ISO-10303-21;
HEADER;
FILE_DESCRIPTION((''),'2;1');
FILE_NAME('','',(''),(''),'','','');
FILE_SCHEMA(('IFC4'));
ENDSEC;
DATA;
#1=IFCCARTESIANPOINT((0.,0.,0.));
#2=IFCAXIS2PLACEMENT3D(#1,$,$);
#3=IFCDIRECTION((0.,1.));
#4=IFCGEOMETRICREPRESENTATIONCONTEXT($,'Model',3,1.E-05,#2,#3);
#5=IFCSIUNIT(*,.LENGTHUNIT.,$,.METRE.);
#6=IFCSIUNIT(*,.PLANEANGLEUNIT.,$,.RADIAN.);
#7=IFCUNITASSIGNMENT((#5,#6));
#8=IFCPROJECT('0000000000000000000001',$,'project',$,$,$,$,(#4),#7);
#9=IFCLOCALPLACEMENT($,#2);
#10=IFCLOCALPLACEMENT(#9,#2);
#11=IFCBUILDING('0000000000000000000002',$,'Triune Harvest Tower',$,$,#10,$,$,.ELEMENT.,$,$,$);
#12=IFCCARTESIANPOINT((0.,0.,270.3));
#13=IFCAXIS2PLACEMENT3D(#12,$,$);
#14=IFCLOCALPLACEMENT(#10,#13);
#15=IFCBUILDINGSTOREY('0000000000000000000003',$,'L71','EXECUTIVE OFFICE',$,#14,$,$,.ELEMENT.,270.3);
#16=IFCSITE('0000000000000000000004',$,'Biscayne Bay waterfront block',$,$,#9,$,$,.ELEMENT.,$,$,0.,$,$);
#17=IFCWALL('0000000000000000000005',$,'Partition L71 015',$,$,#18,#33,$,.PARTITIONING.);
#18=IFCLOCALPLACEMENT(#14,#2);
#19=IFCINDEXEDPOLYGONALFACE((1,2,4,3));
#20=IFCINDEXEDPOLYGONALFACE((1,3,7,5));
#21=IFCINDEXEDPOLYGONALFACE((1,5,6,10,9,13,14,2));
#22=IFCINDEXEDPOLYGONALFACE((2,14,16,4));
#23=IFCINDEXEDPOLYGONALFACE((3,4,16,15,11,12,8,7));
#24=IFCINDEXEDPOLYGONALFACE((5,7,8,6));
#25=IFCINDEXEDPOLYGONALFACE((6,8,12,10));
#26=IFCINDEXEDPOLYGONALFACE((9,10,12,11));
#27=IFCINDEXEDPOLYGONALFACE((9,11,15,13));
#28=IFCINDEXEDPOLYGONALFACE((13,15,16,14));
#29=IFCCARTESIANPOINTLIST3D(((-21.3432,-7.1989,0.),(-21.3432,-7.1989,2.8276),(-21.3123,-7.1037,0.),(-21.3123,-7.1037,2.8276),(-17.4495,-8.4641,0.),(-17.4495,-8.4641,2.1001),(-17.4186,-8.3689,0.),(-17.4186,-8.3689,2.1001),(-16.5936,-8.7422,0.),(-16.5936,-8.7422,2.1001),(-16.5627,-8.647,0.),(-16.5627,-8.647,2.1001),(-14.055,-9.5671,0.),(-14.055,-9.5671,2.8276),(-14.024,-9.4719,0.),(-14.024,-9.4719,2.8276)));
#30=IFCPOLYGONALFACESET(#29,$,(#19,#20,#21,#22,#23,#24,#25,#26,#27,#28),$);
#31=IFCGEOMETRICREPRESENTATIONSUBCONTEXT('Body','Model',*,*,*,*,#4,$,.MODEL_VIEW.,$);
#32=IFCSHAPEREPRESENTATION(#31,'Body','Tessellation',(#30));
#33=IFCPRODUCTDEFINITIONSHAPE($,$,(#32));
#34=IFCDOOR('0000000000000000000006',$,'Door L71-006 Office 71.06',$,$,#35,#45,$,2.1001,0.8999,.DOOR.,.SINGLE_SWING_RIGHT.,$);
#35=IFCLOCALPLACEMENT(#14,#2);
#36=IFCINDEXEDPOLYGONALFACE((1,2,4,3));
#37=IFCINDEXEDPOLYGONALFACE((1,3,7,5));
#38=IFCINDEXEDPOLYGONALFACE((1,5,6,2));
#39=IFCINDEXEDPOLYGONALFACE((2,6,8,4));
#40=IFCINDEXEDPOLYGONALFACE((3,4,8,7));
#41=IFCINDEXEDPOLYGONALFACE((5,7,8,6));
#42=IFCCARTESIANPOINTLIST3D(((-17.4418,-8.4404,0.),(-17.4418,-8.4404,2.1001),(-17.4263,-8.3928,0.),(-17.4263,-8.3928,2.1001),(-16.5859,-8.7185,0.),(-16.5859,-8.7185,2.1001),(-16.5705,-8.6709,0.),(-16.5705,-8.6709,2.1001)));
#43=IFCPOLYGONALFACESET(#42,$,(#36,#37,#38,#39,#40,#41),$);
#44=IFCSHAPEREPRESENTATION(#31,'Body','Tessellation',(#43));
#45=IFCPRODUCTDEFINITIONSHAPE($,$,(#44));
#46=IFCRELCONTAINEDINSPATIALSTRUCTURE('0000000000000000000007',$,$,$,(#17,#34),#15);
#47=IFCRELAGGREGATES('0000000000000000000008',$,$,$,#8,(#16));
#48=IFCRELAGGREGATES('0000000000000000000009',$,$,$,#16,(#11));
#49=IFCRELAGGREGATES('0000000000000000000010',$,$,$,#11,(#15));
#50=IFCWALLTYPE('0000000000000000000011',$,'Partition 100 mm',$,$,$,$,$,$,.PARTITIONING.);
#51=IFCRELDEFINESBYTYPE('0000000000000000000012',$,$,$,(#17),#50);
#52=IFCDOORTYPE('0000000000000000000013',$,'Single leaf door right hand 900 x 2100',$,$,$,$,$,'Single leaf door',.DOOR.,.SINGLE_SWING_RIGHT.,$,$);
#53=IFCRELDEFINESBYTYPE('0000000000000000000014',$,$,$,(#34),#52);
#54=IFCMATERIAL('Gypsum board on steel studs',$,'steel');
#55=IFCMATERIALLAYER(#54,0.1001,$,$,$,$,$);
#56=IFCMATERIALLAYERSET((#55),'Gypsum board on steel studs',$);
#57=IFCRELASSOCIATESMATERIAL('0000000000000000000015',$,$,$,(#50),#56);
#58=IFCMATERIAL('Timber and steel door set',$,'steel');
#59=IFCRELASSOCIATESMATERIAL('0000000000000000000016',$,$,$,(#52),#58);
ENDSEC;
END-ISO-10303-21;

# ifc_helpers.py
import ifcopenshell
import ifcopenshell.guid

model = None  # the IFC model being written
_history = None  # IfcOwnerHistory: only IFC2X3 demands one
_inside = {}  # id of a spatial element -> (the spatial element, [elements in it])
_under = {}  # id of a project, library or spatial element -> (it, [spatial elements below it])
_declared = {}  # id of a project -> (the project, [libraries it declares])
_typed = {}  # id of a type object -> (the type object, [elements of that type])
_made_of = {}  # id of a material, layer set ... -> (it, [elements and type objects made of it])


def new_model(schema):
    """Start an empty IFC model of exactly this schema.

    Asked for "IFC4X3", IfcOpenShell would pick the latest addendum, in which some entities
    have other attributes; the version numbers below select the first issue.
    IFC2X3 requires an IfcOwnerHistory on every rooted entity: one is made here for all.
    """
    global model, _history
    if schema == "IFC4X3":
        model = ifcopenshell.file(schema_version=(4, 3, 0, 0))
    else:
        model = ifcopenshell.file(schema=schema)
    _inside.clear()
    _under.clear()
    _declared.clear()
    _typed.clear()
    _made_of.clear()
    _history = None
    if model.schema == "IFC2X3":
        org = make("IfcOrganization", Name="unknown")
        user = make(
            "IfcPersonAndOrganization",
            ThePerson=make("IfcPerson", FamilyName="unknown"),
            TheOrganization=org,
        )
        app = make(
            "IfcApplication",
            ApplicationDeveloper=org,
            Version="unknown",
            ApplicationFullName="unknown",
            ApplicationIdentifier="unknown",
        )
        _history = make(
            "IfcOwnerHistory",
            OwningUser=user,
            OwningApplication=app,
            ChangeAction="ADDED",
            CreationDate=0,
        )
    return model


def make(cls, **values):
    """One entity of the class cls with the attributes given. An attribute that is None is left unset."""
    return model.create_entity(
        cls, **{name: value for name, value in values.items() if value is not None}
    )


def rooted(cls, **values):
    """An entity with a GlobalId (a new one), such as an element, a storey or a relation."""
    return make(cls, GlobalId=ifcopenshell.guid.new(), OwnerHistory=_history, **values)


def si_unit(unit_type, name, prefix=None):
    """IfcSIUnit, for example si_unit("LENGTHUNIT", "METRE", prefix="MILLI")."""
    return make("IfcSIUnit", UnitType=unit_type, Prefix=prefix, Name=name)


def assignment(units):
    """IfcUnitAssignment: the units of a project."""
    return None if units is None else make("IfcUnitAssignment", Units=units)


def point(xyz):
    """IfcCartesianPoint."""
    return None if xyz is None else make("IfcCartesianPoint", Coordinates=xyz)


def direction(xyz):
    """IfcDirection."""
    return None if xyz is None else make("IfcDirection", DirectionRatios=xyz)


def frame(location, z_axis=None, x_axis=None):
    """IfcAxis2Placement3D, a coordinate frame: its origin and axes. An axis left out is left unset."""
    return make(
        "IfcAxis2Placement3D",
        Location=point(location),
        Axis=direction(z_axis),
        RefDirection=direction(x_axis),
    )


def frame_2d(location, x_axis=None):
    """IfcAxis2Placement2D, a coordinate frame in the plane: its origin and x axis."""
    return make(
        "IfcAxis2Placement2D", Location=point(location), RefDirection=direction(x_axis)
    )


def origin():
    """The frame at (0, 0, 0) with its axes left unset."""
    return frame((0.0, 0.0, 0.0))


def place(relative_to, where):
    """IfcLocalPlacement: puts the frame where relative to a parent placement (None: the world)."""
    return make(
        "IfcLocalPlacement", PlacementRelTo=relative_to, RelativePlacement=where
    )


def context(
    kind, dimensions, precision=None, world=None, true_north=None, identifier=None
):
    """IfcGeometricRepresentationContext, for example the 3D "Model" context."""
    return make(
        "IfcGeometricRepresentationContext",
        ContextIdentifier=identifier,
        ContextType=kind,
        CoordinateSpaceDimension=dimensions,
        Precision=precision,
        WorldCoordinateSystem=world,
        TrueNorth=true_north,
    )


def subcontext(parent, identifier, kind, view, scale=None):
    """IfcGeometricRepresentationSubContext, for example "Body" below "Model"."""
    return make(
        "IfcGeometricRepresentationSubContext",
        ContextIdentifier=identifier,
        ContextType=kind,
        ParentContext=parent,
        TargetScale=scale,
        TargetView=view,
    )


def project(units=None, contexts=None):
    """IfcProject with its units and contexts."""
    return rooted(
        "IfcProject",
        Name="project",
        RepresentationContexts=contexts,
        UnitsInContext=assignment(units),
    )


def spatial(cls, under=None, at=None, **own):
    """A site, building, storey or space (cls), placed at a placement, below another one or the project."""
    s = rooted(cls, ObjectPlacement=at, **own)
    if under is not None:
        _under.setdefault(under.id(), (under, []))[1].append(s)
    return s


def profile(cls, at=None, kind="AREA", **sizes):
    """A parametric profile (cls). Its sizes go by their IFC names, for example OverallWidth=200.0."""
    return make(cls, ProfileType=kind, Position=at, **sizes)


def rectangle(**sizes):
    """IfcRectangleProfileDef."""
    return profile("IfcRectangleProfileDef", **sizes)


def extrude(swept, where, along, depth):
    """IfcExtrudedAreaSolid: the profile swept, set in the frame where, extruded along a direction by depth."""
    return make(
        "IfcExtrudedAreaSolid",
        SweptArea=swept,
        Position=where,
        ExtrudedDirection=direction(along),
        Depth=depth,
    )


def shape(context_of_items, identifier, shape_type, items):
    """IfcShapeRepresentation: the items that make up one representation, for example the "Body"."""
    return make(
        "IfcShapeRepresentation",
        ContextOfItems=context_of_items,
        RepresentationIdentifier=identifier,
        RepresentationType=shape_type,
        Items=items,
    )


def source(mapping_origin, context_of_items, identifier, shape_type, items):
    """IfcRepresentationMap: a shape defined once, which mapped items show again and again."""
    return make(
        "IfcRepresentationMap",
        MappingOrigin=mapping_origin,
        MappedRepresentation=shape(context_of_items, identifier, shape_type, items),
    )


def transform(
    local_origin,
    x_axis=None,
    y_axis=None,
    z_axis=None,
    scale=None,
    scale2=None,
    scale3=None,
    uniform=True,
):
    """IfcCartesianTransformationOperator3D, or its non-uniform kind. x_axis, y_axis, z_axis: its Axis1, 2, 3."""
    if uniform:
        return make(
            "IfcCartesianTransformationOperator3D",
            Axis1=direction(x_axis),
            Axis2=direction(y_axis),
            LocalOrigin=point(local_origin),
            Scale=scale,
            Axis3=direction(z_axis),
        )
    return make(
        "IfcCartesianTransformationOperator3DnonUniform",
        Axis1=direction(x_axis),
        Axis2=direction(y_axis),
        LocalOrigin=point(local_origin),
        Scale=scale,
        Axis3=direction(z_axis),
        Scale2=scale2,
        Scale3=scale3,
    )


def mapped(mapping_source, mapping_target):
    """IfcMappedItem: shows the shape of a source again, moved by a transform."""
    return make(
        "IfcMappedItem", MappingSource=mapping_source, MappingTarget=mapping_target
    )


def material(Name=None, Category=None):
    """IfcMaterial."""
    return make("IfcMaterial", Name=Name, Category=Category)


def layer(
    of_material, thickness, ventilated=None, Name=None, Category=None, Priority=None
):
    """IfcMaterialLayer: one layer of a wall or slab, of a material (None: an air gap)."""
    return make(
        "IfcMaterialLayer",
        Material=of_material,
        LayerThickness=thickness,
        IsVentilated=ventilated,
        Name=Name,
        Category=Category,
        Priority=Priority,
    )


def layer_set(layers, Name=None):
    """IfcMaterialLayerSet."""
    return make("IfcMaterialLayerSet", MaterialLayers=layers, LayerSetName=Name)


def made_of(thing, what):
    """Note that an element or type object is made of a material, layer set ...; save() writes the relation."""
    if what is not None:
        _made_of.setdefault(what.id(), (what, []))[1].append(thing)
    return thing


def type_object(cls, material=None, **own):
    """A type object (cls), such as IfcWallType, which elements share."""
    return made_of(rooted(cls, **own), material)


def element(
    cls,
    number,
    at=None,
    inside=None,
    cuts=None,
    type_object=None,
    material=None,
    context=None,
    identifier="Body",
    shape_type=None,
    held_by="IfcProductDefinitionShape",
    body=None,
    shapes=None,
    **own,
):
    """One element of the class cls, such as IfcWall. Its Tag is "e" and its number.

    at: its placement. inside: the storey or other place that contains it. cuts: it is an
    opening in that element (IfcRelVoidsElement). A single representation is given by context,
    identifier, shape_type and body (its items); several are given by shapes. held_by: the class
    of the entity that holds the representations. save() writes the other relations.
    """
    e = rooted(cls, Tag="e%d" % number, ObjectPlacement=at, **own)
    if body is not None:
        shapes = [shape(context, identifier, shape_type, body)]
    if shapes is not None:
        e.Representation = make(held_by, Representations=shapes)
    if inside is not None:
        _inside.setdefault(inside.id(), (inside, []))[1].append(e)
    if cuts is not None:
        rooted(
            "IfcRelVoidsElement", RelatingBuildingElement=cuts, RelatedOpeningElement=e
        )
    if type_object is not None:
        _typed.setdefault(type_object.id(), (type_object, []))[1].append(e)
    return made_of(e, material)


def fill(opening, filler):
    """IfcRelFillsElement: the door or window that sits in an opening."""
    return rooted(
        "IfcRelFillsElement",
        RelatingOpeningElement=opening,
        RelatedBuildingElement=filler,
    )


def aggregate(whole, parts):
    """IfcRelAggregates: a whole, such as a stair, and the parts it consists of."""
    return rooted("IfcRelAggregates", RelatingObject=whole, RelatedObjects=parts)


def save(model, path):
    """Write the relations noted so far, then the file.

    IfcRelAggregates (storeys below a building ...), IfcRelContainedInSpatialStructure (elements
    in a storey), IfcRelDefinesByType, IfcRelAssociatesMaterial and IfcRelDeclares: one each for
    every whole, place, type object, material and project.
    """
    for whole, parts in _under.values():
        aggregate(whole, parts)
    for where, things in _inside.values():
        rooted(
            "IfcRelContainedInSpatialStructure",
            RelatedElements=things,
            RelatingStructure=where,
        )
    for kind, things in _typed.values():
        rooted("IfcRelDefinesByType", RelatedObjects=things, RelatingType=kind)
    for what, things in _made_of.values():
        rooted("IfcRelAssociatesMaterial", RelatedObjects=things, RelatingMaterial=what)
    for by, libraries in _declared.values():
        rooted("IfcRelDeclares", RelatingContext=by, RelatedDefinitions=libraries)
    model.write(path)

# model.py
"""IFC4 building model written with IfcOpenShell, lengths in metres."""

from ifc_helpers import new_model, si_unit, direction, frame, frame_2d, origin, place, context, subcontext, project, spatial, rectangle, extrude, source, transform, mapped, material, layer, layer_set, type_object, element, fill, save


model = new_model("IFC4")

# Units and contexts
model_context = context("Model", 3, precision=1e-05, world=origin(), true_north=direction((0.0, 1.0)))
body_context = subcontext(model_context, "Body", "Model", "MODEL_VIEW")
ifc_project = project(units=[si_unit("LENGTHUNIT", "METRE"), si_unit("PLANEANGLEUNIT", "RADIAN")], contexts=[model_context])

# Site, building, storey
site_placement = place(None, origin())
site = spatial("IfcSite", under=ifc_project, at=site_placement, Name="Biscayne Bay waterfront block", CompositionType="ELEMENT", RefElevation=0.0)
building_placement = place(site_placement, origin())
building = spatial("IfcBuilding", under=site, at=building_placement, Name="Triune Harvest Tower", CompositionType="ELEMENT")
storey_placement = place(building_placement, frame((0.0, 0.0, 270.3)))
storey = spatial("IfcBuildingStorey", under=building, at=storey_placement, Name="L71", Description="EXECUTIVE OFFICE", CompositionType="ELEMENT", Elevation=270.3)

# Shared definitions
ifc_material_1 = material(Name="Gypsum board on steel studs", Category="steel")
ifc_layer_1 = layer(ifc_material_1, 0.1001)
ifc_layer_set_1 = layer_set([ifc_layer_1], Name="Gypsum board on steel studs")
wall_type = type_object("IfcWallType", Name="Partition 100 mm", PredefinedType="PARTITIONING", material=ifc_layer_set_1)

# Wall, opening, door
shared_shape_1 = source(origin(), body_context, "Body", "SweptSolid", [
    extrude(rectangle(XDim=7.6633, YDim=0.1001, at=frame_2d((3.8315, 0.0))), origin(), (0.0, 0.0, 1.0), 2.8276),
])
wall_1_placement = place(storey_placement, frame((-21.3276, -7.1514, 0.0), z_axis=(0.0, 0.0, 1.0), x_axis=(0.951055, -0.309022, 0.0)))
wall_1 = element("IfcWall", 1, at=wall_1_placement, inside=storey, type_object=wall_type, Name="Partition L71 015", PredefinedType="PARTITIONING", context=body_context, shape_type="MappedRepresentation", body=[
    mapped(shared_shape_1, transform((0.0, 0.0, 0.0), scale=1.0)),
])
opening_placement = place(wall_1_placement, frame((4.094, 0.0, 0.0)))
opening = element("IfcOpeningElement", 2, at=opening_placement, cuts=wall_1, PredefinedType="OPENING", context=body_context, shape_type="SweptSolid", body=[
    extrude(rectangle(XDim=0.8999, YDim=2.1001, at=frame_2d((0.45, 1.05))), frame((0.0, 0.0601, 0.0), z_axis=(0.0, -1.0, 0.0), x_axis=(1.0, 0.0, 0.0)), (0.0, 0.0, 1.0), 0.1201),
])
ifc_material_2 = material(Name="Timber and steel door set", Category="steel")
door_type = type_object("IfcDoorType", Name="Single leaf door right hand 900 x 2100", ElementType="Single leaf door", OperationType="SINGLE_SWING_RIGHT", PredefinedType="DOOR", material=ifc_material_2)
door_placement = place(opening_placement, origin())
door = element("IfcDoor", 3, at=door_placement, inside=storey, type_object=door_type, Name="Door L71-006 Office 71.06", OperationType="SINGLE_SWING_RIGHT", OverallHeight=2.1001, OverallWidth=0.8999, PredefinedType="DOOR", context=body_context, shape_type="SweptSolid", body=[
    extrude(rectangle(XDim=0.8999, YDim=2.1001, at=frame_2d((0.45, 1.05))), frame((0.0, 0.0249, 0.0), z_axis=(0.0, -1.0, 0.0), x_axis=(1.0, 0.0, 0.0)), (0.0, 0.0, 1.0), 0.05),
])
fill(opening, door)

save(model, "model.ifc")
